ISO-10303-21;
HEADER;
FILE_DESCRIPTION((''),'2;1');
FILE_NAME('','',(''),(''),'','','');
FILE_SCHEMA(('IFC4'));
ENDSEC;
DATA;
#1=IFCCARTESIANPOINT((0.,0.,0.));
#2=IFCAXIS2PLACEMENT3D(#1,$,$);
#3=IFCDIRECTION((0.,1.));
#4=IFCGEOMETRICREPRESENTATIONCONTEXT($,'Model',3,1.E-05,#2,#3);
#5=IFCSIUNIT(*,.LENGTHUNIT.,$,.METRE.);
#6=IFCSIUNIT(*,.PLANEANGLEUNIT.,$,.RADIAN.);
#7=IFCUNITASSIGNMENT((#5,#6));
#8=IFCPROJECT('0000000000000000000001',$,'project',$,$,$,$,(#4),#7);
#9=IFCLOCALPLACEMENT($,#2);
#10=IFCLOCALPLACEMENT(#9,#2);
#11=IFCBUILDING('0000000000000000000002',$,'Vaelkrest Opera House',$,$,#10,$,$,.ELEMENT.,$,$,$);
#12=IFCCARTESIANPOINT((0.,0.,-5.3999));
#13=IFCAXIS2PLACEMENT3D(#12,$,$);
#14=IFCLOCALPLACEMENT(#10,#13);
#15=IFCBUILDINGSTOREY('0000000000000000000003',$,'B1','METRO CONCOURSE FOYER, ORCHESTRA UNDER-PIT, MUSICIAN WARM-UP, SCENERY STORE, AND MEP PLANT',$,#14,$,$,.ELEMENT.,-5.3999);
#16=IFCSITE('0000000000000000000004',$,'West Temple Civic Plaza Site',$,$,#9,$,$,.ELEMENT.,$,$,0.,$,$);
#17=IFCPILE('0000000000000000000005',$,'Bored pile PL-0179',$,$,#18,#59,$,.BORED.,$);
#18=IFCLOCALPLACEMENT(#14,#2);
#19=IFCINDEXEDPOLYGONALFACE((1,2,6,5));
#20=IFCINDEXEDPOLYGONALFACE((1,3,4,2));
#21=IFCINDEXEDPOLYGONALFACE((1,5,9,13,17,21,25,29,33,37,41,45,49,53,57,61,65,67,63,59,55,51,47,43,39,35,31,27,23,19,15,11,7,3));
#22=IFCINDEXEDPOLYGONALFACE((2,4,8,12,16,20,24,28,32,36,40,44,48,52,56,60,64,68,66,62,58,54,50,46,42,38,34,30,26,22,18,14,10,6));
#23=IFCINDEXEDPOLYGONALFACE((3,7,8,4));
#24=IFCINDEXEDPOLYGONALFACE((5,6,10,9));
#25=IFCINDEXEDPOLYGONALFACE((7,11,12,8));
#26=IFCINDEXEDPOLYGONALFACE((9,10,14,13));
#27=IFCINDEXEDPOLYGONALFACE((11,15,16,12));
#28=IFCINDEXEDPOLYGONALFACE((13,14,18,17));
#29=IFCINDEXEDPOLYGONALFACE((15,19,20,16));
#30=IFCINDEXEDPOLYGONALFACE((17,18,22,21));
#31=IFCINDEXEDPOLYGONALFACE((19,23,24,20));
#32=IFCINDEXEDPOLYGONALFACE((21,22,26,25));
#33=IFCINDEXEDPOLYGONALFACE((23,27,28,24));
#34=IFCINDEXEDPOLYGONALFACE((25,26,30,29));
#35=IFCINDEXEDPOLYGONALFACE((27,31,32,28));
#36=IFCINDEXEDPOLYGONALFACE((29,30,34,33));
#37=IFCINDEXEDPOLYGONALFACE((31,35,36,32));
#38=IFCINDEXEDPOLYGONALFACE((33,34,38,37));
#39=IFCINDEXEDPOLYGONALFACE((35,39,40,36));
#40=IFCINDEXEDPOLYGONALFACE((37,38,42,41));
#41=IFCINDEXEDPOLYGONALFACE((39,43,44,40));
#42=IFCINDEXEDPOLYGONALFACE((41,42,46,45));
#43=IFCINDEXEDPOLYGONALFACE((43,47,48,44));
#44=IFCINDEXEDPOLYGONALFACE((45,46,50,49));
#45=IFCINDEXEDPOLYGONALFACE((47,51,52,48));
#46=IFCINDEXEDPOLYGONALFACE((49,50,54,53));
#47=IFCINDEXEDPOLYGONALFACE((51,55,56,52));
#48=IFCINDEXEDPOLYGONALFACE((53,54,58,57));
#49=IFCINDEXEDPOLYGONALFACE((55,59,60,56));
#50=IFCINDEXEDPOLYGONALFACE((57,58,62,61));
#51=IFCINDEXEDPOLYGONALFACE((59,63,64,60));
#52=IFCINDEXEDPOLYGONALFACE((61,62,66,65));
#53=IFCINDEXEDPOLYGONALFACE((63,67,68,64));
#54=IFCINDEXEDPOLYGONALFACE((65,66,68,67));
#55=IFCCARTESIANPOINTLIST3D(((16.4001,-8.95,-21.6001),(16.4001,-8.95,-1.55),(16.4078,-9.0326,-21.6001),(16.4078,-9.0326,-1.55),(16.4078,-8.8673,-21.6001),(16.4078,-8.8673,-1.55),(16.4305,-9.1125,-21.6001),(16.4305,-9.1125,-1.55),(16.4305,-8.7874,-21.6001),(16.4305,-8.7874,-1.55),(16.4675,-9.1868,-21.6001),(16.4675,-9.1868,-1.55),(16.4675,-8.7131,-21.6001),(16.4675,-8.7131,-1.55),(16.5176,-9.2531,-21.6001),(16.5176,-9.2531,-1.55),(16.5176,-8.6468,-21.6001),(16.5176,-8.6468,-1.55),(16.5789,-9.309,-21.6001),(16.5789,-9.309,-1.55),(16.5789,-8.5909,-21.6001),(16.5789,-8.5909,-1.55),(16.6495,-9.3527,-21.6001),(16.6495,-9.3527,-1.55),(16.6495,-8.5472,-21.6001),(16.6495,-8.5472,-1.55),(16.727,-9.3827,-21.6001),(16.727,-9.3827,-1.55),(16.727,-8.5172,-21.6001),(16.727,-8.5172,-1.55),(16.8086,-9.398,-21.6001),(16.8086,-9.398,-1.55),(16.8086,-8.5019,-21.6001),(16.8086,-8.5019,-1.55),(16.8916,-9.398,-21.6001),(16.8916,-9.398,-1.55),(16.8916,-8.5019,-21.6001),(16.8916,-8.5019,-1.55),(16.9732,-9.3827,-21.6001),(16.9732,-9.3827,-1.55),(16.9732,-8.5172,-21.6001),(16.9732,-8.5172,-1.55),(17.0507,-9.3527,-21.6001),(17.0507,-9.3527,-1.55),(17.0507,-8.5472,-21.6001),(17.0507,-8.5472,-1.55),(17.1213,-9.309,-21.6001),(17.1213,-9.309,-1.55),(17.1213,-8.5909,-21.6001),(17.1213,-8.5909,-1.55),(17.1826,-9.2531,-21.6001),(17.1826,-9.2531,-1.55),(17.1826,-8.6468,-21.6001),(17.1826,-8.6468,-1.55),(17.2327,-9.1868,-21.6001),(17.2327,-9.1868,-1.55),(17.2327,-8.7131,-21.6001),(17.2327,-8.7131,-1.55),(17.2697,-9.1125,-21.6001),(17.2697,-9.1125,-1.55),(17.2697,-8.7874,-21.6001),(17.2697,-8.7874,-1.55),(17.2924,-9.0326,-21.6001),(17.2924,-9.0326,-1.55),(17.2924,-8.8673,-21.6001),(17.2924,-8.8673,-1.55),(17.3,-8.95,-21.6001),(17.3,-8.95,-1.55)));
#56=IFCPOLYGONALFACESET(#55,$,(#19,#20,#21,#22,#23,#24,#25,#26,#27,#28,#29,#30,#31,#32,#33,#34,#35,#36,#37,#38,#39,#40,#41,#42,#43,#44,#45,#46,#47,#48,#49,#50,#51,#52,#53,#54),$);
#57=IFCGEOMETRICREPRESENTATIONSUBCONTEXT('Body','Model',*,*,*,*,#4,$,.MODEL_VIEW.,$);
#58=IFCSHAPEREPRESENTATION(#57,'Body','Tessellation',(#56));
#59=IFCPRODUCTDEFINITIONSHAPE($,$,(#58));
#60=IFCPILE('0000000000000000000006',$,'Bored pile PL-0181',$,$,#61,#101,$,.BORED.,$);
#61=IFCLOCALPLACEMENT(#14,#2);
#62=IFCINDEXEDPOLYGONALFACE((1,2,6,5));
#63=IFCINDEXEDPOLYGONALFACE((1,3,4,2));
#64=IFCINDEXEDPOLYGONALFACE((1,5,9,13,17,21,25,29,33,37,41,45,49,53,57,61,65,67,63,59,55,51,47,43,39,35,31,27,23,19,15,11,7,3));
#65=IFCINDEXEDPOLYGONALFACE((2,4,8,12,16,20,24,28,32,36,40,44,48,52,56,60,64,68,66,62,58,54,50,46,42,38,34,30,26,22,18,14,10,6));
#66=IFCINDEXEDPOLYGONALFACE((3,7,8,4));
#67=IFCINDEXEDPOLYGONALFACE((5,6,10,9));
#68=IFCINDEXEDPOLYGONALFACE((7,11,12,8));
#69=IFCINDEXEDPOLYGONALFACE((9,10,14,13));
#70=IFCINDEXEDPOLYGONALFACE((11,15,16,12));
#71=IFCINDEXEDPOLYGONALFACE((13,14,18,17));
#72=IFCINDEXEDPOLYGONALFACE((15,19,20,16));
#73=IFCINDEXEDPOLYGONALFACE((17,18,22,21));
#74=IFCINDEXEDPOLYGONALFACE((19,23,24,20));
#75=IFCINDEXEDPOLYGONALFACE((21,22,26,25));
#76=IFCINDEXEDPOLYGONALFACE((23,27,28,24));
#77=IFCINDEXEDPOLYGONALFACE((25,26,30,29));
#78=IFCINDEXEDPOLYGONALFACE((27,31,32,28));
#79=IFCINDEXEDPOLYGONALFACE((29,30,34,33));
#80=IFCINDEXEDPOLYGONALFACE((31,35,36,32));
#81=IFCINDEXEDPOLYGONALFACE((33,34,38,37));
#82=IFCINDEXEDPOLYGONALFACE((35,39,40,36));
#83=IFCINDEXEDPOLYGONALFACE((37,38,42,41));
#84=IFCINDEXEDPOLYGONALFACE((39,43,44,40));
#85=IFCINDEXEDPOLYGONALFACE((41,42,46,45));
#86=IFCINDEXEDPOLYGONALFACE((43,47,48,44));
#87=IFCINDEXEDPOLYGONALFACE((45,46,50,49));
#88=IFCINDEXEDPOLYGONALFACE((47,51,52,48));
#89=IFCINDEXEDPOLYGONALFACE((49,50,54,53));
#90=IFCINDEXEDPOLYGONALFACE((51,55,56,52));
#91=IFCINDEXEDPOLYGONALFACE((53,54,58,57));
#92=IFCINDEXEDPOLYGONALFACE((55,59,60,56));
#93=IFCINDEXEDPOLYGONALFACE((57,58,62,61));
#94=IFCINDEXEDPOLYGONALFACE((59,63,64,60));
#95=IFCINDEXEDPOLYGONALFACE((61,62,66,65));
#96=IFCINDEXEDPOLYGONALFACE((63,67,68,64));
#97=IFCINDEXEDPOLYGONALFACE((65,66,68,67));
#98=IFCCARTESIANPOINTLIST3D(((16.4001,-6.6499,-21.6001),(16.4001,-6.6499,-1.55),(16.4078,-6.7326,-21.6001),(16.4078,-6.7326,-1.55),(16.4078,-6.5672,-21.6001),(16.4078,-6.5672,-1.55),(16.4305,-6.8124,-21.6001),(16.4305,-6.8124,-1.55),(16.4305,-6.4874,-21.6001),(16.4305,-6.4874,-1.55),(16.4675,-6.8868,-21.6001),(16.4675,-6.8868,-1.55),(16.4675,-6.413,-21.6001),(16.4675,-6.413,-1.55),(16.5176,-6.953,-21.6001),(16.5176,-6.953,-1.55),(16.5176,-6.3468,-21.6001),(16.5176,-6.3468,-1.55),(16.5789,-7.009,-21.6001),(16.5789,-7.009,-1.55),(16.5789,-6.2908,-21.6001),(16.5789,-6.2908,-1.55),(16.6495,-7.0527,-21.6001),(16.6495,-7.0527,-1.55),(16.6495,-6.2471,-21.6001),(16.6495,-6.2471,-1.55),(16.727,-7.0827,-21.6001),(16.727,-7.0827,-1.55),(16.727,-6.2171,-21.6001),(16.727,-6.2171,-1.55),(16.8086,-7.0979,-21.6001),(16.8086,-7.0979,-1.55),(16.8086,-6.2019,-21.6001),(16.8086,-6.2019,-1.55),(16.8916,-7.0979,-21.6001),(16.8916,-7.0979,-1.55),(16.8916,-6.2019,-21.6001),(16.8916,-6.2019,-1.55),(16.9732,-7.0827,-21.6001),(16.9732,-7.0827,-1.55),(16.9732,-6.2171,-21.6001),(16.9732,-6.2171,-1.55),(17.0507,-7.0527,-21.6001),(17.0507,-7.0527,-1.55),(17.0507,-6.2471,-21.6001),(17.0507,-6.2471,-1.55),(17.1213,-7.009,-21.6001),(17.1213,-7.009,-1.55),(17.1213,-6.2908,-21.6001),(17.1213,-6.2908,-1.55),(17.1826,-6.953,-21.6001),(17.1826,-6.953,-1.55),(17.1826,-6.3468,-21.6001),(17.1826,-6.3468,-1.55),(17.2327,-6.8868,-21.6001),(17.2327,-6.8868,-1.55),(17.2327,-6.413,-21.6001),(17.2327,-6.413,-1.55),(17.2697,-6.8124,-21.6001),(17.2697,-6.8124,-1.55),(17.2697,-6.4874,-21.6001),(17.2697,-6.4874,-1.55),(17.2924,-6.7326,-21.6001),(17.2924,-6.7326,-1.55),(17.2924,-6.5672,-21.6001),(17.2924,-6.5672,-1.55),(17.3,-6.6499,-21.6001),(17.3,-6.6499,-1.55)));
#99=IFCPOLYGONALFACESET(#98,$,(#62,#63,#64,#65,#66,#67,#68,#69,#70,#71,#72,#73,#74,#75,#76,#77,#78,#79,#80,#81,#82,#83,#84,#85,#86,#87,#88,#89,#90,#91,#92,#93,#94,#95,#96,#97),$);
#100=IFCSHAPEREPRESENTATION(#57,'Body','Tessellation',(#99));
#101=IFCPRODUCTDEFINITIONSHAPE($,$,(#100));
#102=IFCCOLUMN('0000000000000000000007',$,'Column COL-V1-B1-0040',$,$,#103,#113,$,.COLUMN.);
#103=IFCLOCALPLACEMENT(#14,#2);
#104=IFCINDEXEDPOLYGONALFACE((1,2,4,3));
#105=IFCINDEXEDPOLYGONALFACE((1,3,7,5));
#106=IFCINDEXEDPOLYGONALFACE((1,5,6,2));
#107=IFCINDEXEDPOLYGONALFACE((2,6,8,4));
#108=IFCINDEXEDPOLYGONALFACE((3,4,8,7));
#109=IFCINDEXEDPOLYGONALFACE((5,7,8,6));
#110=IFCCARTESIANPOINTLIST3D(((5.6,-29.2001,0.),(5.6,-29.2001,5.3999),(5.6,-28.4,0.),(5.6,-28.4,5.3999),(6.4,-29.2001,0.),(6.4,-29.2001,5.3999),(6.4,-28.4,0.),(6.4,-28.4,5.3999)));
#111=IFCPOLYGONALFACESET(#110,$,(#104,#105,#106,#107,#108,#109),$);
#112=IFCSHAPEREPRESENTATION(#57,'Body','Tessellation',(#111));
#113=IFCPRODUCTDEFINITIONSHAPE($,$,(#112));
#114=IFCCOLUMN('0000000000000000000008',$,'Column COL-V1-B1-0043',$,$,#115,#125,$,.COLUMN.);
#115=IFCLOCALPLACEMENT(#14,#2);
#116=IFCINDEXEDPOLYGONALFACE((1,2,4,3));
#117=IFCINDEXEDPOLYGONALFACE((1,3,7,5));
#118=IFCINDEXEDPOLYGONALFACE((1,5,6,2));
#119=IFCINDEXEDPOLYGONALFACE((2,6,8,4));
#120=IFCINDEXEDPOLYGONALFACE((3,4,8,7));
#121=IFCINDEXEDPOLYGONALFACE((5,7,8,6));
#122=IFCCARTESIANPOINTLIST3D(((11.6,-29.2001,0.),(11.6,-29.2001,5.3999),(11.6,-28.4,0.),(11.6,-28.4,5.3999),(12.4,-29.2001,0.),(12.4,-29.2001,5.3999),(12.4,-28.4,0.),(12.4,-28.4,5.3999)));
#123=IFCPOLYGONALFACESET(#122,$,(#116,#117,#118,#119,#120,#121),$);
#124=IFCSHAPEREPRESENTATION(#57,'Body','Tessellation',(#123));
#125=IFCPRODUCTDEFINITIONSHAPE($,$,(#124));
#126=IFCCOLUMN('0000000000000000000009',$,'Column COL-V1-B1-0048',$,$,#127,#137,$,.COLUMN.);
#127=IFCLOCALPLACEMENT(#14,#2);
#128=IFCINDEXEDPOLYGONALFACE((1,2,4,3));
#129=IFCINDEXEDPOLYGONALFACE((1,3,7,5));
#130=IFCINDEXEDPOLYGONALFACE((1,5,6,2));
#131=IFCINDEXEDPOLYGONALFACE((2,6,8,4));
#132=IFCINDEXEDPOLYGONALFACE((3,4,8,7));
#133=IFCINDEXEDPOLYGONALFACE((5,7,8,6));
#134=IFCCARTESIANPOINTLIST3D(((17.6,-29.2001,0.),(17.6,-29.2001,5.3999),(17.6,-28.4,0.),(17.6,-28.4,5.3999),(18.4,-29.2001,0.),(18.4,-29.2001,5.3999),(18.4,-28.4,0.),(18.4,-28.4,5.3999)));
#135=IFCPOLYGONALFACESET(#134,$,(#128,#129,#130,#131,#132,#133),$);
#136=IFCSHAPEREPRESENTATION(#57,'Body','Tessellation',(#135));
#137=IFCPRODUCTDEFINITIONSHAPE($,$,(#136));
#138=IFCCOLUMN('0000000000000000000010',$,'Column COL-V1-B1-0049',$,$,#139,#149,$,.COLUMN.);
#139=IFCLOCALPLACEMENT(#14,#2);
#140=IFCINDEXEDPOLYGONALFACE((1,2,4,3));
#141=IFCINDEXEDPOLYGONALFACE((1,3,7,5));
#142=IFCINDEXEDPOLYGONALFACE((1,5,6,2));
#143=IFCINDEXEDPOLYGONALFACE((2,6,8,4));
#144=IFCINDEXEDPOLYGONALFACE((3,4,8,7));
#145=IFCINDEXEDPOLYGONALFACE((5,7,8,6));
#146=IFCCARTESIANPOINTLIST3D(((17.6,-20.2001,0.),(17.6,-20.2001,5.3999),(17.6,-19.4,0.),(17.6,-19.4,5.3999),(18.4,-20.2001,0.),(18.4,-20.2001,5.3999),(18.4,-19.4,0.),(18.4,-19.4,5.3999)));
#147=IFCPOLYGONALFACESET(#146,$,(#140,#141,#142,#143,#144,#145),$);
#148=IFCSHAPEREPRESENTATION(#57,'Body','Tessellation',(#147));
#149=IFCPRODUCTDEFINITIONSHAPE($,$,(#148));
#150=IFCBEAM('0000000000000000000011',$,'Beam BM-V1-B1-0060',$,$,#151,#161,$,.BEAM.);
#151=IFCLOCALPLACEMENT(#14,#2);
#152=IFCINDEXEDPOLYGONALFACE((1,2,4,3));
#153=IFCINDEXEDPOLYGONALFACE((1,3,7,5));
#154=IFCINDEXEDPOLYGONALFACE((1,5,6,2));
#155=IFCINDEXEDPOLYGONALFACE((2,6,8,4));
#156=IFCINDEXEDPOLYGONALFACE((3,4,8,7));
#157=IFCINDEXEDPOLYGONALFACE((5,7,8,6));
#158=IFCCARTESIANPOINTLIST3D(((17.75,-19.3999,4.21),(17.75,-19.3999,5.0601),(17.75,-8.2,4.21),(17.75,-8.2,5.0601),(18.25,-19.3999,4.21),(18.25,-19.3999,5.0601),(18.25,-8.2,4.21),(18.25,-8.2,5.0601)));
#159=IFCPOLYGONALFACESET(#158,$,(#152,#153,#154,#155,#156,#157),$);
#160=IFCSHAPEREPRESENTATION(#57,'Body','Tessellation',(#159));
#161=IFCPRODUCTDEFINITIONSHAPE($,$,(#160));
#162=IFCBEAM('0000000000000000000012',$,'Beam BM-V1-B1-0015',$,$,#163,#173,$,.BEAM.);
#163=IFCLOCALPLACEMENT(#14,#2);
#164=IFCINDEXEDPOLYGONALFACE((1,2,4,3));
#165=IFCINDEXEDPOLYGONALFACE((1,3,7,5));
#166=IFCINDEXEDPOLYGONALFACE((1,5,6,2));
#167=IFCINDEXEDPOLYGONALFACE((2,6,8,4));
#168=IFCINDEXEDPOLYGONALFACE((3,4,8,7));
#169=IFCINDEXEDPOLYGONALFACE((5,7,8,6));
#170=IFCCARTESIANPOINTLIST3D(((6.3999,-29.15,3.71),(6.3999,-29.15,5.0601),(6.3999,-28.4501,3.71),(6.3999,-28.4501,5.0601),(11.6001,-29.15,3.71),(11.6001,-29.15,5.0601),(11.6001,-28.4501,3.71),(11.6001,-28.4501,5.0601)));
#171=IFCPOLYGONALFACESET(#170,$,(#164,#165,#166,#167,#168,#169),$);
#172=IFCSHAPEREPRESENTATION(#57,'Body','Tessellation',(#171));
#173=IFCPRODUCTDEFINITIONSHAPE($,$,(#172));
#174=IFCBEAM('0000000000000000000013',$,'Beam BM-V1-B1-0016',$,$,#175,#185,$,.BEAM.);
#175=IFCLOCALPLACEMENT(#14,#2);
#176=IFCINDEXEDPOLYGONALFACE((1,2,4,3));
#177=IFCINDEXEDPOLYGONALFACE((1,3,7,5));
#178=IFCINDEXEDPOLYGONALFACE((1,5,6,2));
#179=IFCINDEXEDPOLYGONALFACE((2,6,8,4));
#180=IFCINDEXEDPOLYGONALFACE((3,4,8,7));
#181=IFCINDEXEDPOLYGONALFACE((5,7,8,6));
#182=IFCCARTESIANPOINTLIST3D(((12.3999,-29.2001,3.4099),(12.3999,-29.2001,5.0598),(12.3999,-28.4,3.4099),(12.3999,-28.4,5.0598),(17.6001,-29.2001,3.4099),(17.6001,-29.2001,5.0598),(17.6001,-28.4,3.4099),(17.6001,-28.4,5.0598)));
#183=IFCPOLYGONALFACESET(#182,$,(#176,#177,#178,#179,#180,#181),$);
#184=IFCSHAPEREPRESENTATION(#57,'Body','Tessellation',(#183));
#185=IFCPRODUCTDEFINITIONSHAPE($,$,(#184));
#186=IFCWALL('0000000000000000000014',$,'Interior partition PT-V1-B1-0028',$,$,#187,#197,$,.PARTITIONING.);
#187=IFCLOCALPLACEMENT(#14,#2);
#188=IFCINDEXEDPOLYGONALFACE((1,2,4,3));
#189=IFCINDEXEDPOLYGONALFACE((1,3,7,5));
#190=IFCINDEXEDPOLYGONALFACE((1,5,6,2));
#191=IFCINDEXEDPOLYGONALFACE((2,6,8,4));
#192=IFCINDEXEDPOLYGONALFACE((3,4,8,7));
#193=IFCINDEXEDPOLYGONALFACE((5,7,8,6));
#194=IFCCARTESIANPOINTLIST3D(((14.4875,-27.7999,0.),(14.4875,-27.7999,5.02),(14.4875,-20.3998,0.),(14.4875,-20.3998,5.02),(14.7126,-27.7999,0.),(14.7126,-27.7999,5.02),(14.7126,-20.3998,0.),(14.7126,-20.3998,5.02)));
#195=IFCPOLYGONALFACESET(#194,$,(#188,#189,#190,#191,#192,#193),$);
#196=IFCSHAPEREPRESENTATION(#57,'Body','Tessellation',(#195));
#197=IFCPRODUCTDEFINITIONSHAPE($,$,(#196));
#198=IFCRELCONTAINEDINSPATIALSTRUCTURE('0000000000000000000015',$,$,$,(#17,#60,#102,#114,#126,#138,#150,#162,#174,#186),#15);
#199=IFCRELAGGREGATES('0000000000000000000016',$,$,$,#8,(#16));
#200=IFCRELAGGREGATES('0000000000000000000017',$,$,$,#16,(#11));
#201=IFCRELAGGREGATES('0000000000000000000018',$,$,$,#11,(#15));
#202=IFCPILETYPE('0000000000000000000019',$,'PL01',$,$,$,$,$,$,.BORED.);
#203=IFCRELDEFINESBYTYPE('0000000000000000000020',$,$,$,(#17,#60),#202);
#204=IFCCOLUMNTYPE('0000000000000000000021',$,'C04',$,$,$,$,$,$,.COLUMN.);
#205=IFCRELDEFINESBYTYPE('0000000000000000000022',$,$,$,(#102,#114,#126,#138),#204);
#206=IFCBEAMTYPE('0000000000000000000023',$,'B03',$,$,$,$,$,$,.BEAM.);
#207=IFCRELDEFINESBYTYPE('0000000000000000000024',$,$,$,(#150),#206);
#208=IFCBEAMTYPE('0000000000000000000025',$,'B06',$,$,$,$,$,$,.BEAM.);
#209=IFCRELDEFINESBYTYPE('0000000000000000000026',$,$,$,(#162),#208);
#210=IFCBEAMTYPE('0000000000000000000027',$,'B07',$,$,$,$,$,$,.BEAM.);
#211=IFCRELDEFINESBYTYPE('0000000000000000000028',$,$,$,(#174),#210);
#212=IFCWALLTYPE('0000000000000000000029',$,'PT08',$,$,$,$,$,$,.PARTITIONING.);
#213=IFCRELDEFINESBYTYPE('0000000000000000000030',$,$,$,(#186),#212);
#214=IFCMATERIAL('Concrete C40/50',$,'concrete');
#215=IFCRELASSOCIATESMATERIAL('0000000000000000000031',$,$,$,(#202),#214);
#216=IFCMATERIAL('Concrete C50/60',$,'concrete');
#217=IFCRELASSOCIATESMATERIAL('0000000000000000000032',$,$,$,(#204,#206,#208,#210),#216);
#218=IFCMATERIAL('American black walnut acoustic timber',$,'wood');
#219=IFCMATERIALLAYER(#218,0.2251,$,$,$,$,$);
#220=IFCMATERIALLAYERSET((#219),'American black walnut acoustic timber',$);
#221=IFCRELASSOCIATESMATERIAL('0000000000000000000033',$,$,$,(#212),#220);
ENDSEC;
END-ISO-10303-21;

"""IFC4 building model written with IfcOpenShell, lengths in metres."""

from ifc_helpers import new_model, si_unit, direction, frame, frame_2d, origin, origin_2d, place, context, subcontext, project, spatial, rectangle, circle, extrude, material, layer, layer_set, material_profile, profile_set, type_object, element, save


model = new_model("IFC4")

# Units and contexts
model_context = context("Model", 3, precision=1e-05, world=origin(), true_north=direction((0.0, 1.0)))
body_context = subcontext(model_context, "Body", "Model", "MODEL_VIEW")
ifc_project = project(units=[si_unit("LENGTHUNIT", "METRE"), si_unit("PLANEANGLEUNIT", "RADIAN")], contexts=[model_context])

# Site, building, storey
site_placement = place(None, origin())
site = spatial("IfcSite", under=ifc_project, at=site_placement, Name="West Temple Civic Plaza Site", CompositionType="ELEMENT", RefElevation=0.0)
building_placement = place(site_placement, origin())
building = spatial("IfcBuilding", under=site, at=building_placement, Name="Vaelkrest Opera House", CompositionType="ELEMENT")
storey_placement = place(building_placement, frame((0.0, 0.0, -5.3999)))
storey = spatial("IfcBuildingStorey", under=building, at=storey_placement, Name="B1", Description="METRO CONCOURSE FOYER, ORCHESTRA UNDER-PIT, MUSICIAN WARM-UP, SCENERY STORE, AND MEP PLANT", CompositionType="ELEMENT", Elevation=-5.3999)

# Shared definitions
ifc_material_1 = material(Name="Concrete C40/50", Category="concrete")

# Piles
ifc_material_profile_1 = material_profile(ifc_material_1, circle(Radius=0.45, at=origin_2d()), Name="PILE900")
ifc_profile_set_1 = profile_set([ifc_material_profile_1], Name="Concrete C40/50")
pile_type = type_object("IfcPileType", Name="PL01", PredefinedType="BORED", material=ifc_profile_set_1)
for number, where, z_axis, x_axis, name in (
    (1, (16.8501, -8.95, -1.55), (0.0, 0.0, -1.0), (1.0, 0.0, 0.0), "Bored pile PL-0179"),
    (2, (16.8501, -6.6499, -1.55), (0.0, 0.0, -1.0), (1.0, 0.0, 0.0), "Bored pile PL-0181"),
):
    element("IfcPile", number, at=place(storey_placement, frame(where, z_axis=z_axis, x_axis=x_axis)), inside=storey, type_object=pile_type, Name=name, PredefinedType="BORED", context=body_context, shape_type="SweptSolid", body=[
        extrude(circle(Radius=0.45, at=origin_2d()), origin(), (0.0, 0.0, 1.0), 20.05),
    ])

# Columns
ifc_material_2 = material(Name="Concrete C50/60", Category="concrete")
ifc_material_profile_2 = material_profile(ifc_material_2, rectangle(XDim=0.8, YDim=0.8, at=origin_2d()), Name="RC800X800")
ifc_profile_set_2 = profile_set([ifc_material_profile_2], Name="Concrete C50/60")
column_type = type_object("IfcColumnType", Name="C04", PredefinedType="COLUMN", material=ifc_profile_set_2)
for number, where, z_axis, x_axis, name in (
    (3, (6.0, -28.8, 0.0), (0.0, 0.0, 1.0), (1.0, 0.0, 0.0), "Column COL-V1-B1-0040"),
    (4, (12.0, -28.8, 0.0), (0.0, 0.0, 1.0), (1.0, 0.0, 0.0), "Column COL-V1-B1-0043"),
    (5, (18.0, -28.8, 0.0), (0.0, 0.0, 1.0), (1.0, 0.0, 0.0), "Column COL-V1-B1-0048"),
    (6, (18.0, -19.8, 0.0), (0.0, 0.0, 1.0), (1.0, 0.0, 0.0), "Column COL-V1-B1-0049"),
):
    element("IfcColumn", number, at=place(storey_placement, frame(where, z_axis=z_axis, x_axis=x_axis)), inside=storey, type_object=column_type, Name=name, PredefinedType="COLUMN", context=body_context, shape_type="SweptSolid", body=[
        extrude(rectangle(XDim=0.8, YDim=0.8, at=origin_2d()), origin(), (0.0, 0.0, 1.0), 5.3999),
    ])

# Beams
ifc_material_profile_3 = material_profile(ifc_material_2, rectangle(XDim=0.5, YDim=0.8501, at=origin_2d()), Name="RCB500X850")
ifc_profile_set_3 = profile_set([ifc_material_profile_3], Name="Concrete C50/60")
beam_type_1 = type_object("IfcBeamType", Name="B03", PredefinedType="BEAM", material=ifc_profile_set_3)
beam_1_placement = place(storey_placement, frame((18.0, -19.3999, 4.635), z_axis=(0.0, 1.0, 0.0), x_axis=(-1.0, 0.0, 0.0)))
element("IfcBeam", 7, at=beam_1_placement, inside=storey, type_object=beam_type_1, Name="Beam BM-V1-B1-0060", PredefinedType="BEAM", context=body_context, shape_type="SweptSolid", body=[
    extrude(rectangle(XDim=0.5, YDim=0.8501, at=origin_2d()), origin(), (0.0, 0.0, 1.0), 11.2),
])
ifc_material_profile_4 = material_profile(ifc_material_2, rectangle(XDim=0.7, YDim=1.3501, at=origin_2d()), Name="RCB700X1350")
ifc_profile_set_4 = profile_set([ifc_material_profile_4], Name="Concrete C50/60")
beam_type_2 = type_object("IfcBeamType", Name="B06", PredefinedType="BEAM", material=ifc_profile_set_4)
beam_2_placement = place(storey_placement, frame((6.3999, -28.8, 4.385), z_axis=(1.0, 0.0, 0.0), x_axis=(0.0, 1.0, 0.0)))
element("IfcBeam", 8, at=beam_2_placement, inside=storey, type_object=beam_type_2, Name="Beam BM-V1-B1-0015", PredefinedType="BEAM", context=body_context, shape_type="SweptSolid", body=[
    extrude(rectangle(XDim=0.7, YDim=1.3501, at=origin_2d()), origin(), (0.0, 0.0, 1.0), 5.2002),
])
ifc_material_profile_5 = material_profile(ifc_material_2, rectangle(XDim=0.8, YDim=1.6499, at=origin_2d()), Name="RCB800X1650")
ifc_profile_set_5 = profile_set([ifc_material_profile_5], Name="Concrete C50/60")
beam_type_3 = type_object("IfcBeamType", Name="B07", PredefinedType="BEAM", material=ifc_profile_set_5)
beam_3_placement = place(storey_placement, frame((12.3999, -28.8, 4.2349), z_axis=(1.0, 0.0, 0.0), x_axis=(0.0, 1.0, 0.0)))
element("IfcBeam", 9, at=beam_3_placement, inside=storey, type_object=beam_type_3, Name="Beam BM-V1-B1-0016", PredefinedType="BEAM", context=body_context, shape_type="SweptSolid", body=[
    extrude(rectangle(XDim=0.8, YDim=1.6499, at=origin_2d()), origin(), (0.0, 0.0, 1.0), 5.2002),
])

# Wall
ifc_material_3 = material(Name="American black walnut acoustic timber", Category="wood")
ifc_layer_1 = layer(ifc_material_3, 0.2251)
ifc_layer_set_1 = layer_set([ifc_layer_1], Name="American black walnut acoustic timber")
wall_type_1 = type_object("IfcWallType", Name="PT08", PredefinedType="PARTITIONING", material=ifc_layer_set_1)
wall_1_placement = place(storey_placement, frame((14.6001, -27.8, 0.0), z_axis=(0.0, 0.0, 1.0), x_axis=(0.0, 1.0, 0.0)))
element("IfcWall", 10, at=wall_1_placement, inside=storey, type_object=wall_type_1, Name="Interior partition PT-V1-B1-0028", PredefinedType="PARTITIONING", context=body_context, shape_type="SweptSolid", body=[
    extrude(rectangle(XDim=7.4001, YDim=0.2251, at=frame_2d((3.7002, 0.0))), origin(), (0.0, 0.0, 1.0), 5.02),
])

save(model, "model.ifc")
